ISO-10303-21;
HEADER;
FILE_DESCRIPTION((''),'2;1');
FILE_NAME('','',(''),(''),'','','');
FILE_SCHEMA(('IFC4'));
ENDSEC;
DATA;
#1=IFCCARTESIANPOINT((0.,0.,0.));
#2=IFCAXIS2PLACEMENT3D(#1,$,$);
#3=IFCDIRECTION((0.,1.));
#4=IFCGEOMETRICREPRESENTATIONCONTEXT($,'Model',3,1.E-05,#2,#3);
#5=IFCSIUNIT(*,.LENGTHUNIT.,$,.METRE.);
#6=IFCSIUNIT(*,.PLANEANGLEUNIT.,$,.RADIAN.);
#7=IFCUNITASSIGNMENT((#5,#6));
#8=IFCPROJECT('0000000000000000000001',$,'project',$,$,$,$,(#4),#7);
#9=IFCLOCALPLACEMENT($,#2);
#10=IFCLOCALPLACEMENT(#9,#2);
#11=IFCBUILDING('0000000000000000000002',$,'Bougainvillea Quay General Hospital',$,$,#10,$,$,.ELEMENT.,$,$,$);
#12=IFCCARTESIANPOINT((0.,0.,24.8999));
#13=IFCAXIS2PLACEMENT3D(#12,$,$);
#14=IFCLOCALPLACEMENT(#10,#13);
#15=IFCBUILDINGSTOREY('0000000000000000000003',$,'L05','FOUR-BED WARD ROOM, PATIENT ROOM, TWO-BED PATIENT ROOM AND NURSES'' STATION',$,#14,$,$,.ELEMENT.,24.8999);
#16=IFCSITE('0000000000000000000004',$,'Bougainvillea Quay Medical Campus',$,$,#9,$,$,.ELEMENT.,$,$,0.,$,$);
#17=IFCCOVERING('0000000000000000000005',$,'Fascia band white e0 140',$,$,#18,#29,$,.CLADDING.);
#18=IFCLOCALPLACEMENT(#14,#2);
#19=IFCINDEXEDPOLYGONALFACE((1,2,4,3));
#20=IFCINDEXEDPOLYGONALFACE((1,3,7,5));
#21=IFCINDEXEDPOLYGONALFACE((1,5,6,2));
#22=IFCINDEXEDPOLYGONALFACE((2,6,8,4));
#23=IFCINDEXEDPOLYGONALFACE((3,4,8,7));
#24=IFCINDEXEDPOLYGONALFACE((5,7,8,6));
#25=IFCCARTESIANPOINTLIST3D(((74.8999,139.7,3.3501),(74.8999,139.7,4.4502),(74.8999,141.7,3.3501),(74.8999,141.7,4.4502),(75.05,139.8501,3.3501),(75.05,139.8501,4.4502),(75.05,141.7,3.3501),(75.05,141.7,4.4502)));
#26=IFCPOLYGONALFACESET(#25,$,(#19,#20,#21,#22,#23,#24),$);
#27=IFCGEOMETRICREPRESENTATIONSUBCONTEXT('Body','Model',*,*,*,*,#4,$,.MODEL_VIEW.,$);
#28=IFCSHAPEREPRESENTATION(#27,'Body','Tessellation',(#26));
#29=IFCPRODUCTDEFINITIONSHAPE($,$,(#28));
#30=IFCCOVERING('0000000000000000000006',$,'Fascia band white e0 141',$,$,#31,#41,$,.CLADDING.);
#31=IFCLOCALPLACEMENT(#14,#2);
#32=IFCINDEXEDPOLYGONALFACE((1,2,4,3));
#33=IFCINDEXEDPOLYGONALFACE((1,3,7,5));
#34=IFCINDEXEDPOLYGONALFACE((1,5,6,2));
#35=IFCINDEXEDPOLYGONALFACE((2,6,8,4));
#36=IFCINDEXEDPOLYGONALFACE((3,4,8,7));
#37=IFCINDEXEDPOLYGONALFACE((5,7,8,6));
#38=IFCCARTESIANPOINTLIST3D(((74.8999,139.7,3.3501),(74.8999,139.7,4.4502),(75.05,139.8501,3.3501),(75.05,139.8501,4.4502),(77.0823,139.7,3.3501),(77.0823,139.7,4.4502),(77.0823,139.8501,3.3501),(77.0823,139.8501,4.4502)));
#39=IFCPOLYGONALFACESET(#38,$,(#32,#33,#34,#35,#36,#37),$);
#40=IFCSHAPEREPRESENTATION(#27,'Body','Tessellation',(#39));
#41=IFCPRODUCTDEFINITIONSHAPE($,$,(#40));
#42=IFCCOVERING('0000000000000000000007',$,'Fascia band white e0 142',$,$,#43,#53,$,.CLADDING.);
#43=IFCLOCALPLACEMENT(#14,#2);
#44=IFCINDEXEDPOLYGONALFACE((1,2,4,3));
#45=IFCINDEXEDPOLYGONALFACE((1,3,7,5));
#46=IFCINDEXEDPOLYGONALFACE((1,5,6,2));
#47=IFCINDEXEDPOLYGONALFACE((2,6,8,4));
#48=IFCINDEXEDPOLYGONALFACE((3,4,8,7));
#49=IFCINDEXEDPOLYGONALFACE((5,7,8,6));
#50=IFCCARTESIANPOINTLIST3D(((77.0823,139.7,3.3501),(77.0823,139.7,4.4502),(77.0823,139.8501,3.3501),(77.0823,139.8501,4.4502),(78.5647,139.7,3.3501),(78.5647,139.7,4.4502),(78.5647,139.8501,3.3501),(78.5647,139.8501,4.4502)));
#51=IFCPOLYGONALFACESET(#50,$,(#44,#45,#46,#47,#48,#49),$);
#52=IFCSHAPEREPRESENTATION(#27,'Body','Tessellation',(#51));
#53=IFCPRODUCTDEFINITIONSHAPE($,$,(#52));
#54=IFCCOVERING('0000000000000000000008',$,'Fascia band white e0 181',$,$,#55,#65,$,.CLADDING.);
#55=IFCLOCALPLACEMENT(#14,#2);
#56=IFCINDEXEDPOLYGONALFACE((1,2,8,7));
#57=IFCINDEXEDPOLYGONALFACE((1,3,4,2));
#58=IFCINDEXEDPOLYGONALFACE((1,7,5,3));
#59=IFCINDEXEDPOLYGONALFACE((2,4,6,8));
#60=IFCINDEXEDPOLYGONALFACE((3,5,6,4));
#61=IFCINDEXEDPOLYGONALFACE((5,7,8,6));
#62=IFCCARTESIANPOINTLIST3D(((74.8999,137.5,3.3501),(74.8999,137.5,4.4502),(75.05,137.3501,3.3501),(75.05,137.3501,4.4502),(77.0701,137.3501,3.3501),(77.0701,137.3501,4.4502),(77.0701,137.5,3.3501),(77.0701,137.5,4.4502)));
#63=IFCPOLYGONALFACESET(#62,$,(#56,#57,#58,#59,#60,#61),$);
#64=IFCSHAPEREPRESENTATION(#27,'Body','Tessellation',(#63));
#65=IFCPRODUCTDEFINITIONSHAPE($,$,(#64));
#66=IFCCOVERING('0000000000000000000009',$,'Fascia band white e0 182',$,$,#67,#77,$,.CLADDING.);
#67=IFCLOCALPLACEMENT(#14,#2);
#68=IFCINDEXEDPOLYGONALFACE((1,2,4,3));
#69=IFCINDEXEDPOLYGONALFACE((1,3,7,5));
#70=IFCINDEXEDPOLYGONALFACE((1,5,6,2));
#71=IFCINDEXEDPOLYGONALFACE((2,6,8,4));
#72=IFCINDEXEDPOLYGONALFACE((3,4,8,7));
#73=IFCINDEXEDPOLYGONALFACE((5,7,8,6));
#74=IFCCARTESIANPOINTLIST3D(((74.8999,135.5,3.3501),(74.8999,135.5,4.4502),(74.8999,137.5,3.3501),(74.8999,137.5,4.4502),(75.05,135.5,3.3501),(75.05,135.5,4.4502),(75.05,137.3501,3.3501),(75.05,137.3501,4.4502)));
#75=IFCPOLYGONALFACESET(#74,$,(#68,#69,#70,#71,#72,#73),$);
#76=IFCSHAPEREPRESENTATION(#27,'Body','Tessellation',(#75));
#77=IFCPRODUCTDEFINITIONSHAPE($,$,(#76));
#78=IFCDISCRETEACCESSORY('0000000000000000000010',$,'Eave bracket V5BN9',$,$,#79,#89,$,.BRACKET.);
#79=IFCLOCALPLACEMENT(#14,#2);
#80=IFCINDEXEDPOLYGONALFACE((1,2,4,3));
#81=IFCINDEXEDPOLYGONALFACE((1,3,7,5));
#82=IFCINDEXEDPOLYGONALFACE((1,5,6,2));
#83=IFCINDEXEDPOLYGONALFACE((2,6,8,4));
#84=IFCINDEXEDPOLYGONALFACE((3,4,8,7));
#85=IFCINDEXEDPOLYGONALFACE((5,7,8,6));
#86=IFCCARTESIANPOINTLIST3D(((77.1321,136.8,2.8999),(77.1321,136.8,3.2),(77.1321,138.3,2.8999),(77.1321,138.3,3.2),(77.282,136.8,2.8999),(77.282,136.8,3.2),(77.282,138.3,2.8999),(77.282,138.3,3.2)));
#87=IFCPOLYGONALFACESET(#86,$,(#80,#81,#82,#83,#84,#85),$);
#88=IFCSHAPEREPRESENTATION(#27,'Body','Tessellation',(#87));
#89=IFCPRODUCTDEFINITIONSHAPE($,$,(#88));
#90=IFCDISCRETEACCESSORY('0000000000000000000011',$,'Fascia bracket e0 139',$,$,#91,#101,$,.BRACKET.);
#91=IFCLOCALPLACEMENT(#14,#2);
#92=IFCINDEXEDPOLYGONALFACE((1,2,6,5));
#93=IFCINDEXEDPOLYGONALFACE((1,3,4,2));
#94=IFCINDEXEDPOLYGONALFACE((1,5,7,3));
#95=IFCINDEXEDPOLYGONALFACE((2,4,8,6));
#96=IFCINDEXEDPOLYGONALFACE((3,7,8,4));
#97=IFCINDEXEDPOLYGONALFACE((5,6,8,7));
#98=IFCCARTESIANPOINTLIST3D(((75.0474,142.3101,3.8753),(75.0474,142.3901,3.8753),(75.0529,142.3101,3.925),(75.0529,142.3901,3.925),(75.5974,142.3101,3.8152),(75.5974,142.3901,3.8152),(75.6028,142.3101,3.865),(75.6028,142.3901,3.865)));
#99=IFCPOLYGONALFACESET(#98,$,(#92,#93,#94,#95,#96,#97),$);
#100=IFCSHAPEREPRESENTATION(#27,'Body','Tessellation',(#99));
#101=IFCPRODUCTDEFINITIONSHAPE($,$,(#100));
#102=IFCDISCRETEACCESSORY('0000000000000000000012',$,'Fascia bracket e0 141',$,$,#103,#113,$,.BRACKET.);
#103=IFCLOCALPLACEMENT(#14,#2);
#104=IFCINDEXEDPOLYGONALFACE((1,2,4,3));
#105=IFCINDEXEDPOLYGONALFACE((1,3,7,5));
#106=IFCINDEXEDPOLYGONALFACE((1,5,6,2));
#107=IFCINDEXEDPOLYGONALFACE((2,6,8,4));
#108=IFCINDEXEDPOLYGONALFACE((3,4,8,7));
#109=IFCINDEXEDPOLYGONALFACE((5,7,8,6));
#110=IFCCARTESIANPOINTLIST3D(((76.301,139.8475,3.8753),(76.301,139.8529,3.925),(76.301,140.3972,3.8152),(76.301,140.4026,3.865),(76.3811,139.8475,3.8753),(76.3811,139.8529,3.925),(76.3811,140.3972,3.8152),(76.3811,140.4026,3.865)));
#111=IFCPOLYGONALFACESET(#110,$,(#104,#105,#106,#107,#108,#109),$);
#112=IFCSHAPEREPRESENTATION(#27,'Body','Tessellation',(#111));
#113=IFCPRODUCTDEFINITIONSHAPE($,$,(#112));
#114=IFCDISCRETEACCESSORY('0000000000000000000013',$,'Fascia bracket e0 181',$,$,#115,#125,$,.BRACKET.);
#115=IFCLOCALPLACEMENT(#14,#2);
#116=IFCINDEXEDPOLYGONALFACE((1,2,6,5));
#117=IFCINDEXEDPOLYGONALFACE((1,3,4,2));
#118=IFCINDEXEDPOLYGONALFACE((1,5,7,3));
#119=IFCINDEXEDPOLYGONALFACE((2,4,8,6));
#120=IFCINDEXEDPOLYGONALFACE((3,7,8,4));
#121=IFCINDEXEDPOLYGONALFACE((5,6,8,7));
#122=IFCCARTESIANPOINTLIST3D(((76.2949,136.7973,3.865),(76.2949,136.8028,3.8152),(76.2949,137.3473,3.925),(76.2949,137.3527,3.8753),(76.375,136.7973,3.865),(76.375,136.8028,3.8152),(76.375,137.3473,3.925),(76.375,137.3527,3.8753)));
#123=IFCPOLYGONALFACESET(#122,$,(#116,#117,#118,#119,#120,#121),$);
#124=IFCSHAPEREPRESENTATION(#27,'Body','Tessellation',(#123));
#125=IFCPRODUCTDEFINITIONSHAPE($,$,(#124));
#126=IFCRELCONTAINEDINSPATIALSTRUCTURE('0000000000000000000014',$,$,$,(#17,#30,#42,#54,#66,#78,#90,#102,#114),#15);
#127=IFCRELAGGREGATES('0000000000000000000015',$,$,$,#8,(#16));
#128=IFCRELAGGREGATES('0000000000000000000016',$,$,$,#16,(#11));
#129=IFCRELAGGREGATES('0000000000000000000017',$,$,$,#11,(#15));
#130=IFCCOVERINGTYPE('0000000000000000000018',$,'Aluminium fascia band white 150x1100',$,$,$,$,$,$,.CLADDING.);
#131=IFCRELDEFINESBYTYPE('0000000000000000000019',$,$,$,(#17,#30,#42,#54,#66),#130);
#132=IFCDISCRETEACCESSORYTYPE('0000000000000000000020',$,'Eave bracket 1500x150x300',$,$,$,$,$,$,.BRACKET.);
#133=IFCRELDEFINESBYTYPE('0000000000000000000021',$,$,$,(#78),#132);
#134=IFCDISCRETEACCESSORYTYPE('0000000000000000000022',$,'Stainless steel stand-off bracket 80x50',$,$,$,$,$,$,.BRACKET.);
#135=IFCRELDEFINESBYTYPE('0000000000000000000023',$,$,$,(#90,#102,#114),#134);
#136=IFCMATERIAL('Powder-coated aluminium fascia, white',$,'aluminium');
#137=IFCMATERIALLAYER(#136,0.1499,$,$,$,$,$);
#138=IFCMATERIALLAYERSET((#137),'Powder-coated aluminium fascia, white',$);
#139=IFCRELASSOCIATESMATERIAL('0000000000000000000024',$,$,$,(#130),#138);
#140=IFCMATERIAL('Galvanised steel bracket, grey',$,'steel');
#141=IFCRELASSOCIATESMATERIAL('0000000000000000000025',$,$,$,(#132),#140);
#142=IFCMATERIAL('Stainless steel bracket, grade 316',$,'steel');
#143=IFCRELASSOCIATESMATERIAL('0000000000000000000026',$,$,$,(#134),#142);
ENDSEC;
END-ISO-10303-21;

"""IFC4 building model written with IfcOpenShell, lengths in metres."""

from ifc_helpers import new_model, si_unit, direction, frame, origin, origin_2d, place, context, subcontext, project, spatial, polyline, rectangle, outline, extrude, material, layer, layer_set, material_profile, profile_set, type_object, element, save


model = new_model("IFC4")

# Units and contexts
model_context = context("Model", 3, precision=1e-05, world=origin(), true_north=direction((0.0, 1.0)))
body_context = subcontext(model_context, "Body", "Model", "MODEL_VIEW")
ifc_project = project(units=[si_unit("LENGTHUNIT", "METRE"), si_unit("PLANEANGLEUNIT", "RADIAN")], contexts=[model_context])

# Site, building, storey
site_placement = place(None, origin())
site = spatial("IfcSite", under=ifc_project, at=site_placement, Name="Bougainvillea Quay Medical Campus", CompositionType="ELEMENT", RefElevation=0.0)
building_placement = place(site_placement, origin())
building = spatial("IfcBuilding", under=site, at=building_placement, Name="Bougainvillea Quay General Hospital", CompositionType="ELEMENT")
storey_placement = place(building_placement, frame((0.0, 0.0, 24.8999)))
storey = spatial("IfcBuildingStorey", under=building, at=storey_placement, Name="L05", Description="FOUR-BED WARD ROOM, PATIENT ROOM, TWO-BED PATIENT ROOM AND NURSES' STATION", CompositionType="ELEMENT", Elevation=24.8999)

# Coverings
ifc_material_1 = material(Name="Powder-coated aluminium fascia, white", Category="aluminium")
ifc_layer_1 = layer(ifc_material_1, 0.1499)
ifc_layer_set_1 = layer_set([ifc_layer_1], Name="Powder-coated aluminium fascia, white")
covering_type = type_object("IfcCoveringType", Name="Aluminium fascia band white 150x1100", PredefinedType="CLADDING", material=ifc_layer_set_1)
covering_1_placement = place(storey_placement, frame((75.05, 141.7, 3.3501), z_axis=(0.0, 0.0, 1.0), x_axis=(0.0, -1.0, 0.0)))
element("IfcCovering", 1, at=covering_1_placement, inside=storey, type_object=covering_type, Name="Fascia band white e0 140", PredefinedType="CLADDING", context=body_context, shape_type="SweptSolid", body=[
    extrude(outline(polyline([(0.0, 0.0), (1.8499, 0.0), (2.0, -0.1501), (0.0, -0.1501), (0.0, 0.0)])), origin(), (0.0, 0.0, 1.0), 1.1001),
])
covering_2_placement = place(storey_placement, frame((75.05, 139.8501, 3.3501), z_axis=(0.0, 0.0, 1.0), x_axis=(1.0, 0.0, 0.0)))
element("IfcCovering", 2, at=covering_2_placement, inside=storey, type_object=covering_type, Name="Fascia band white e0 141", PredefinedType="CLADDING", context=body_context, shape_type="SweptSolid", body=[
    extrude(outline(polyline([(0.0, 0.0), (2.0322, 0.0), (2.0322, -0.1501), (-0.1501, -0.1501), (0.0, 0.0)])), origin(), (0.0, 0.0, 1.0), 1.1001),
])
covering_3_placement = place(storey_placement, frame((77.0823, 139.8501, 3.3501), z_axis=(0.0, 0.0, 1.0), x_axis=(1.0, 0.0, 0.0)))
element("IfcCovering", 3, at=covering_3_placement, inside=storey, type_object=covering_type, Name="Fascia band white e0 142", PredefinedType="CLADDING", context=body_context, shape_type="SweptSolid", body=[
    extrude(outline(polyline([(0.0, 0.0), (1.4824, 0.0), (1.4824, -0.1501), (0.0, -0.1501), (0.0, 0.0)])), origin(), (0.0, 0.0, 1.0), 1.1001),
])
covering_4_placement = place(storey_placement, frame((77.0701, 137.3501, 3.3501), z_axis=(0.0, 0.0, 1.0), x_axis=(-1.0, 0.0, 0.0)))
element("IfcCovering", 4, at=covering_4_placement, inside=storey, type_object=covering_type, Name="Fascia band white e0 181", PredefinedType="CLADDING", context=body_context, shape_type="SweptSolid", body=[
    extrude(outline(polyline([(0.0, 0.0), (2.02, 0.0), (2.1702, -0.1499), (0.0, -0.1499), (0.0, 0.0)])), origin(), (0.0, 0.0, 1.0), 1.1001),
])
covering_5_placement = place(storey_placement, frame((75.05, 137.3501, 3.3501), z_axis=(0.0, 0.0, 1.0), x_axis=(0.0, -1.0, 0.0)))
element("IfcCovering", 5, at=covering_5_placement, inside=storey, type_object=covering_type, Name="Fascia band white e0 182", PredefinedType="CLADDING", context=body_context, shape_type="SweptSolid", body=[
    extrude(outline(polyline([(0.0, 0.0), (1.8501, 0.0), (1.8501, -0.1501), (-0.1499, -0.1501), (0.0, 0.0)])), origin(), (0.0, 0.0, 1.0), 1.1001),
])

# Discrete accessories
ifc_material_2 = material(Name="Galvanised steel bracket, grey", Category="steel")
discrete_accessory_type_1 = type_object("IfcDiscreteAccessoryType", Name="Eave bracket 1500x150x300", PredefinedType="BRACKET", material=ifc_material_2)
discrete_accessory_1_placement = place(storey_placement, frame((77.207, 137.55, 2.8999), z_axis=(0.0, 0.0, 1.0), x_axis=(1.0, 0.0, 0.0)))
element("IfcDiscreteAccessory", 6, at=discrete_accessory_1_placement, inside=storey, type_object=discrete_accessory_type_1, Name="Eave bracket V5BN9", PredefinedType="BRACKET", context=body_context, shape_type="SweptSolid", body=[
    extrude(rectangle(XDim=0.1499, YDim=1.5, at=origin_2d()), origin(), (0.0, 0.0, 1.0), 0.3),
])
ifc_material_3 = material(Name="Stainless steel bracket, grade 316", Category="steel")
ifc_material_profile_1 = material_profile(ifc_material_3, rectangle(XDim=0.0801, YDim=0.05, at=origin_2d()))
ifc_profile_set_1 = profile_set([ifc_material_profile_1], Name="Stainless steel bracket, grade 316")
discrete_accessory_type_2 = type_object("IfcDiscreteAccessoryType", Name="Stainless steel stand-off bracket 80x50", PredefinedType="BRACKET", material=ifc_profile_set_1)
discrete_accessory_2_placement = place(storey_placement, frame((75.6001, 142.3501, 3.8401), z_axis=(-0.994092, 0.0, 0.108543), x_axis=(0.0, -1.0, 0.0)))
element("IfcDiscreteAccessory", 7, at=discrete_accessory_2_placement, inside=storey, type_object=discrete_accessory_type_2, Name="Fascia bracket e0 139", PredefinedType="BRACKET", context=body_context, shape_type="SweptSolid", body=[
    extrude(rectangle(XDim=0.0801, YDim=0.05, at=origin_2d()), origin(), (0.0, 0.0, 1.0), 0.5532),
])
discrete_accessory_3_placement = place(storey_placement, frame((76.3411, 140.3999, 3.8401), z_axis=(0.0, -0.994087, 0.10859), x_axis=(1.0, 0.0, 0.0)))
element("IfcDiscreteAccessory", 8, at=discrete_accessory_3_placement, inside=storey, type_object=discrete_accessory_type_2, Name="Fascia bracket e0 141", PredefinedType="BRACKET", context=body_context, shape_type="SweptSolid", body=[
    extrude(rectangle(XDim=0.0801, YDim=0.05, at=origin_2d()), origin(), (0.0, 0.0, 1.0), 0.553),
])
discrete_accessory_4_placement = place(storey_placement, frame((76.335, 136.8, 3.8401), z_axis=(0.0, 0.994092, 0.108543), x_axis=(-1.0, 0.0, 0.0)))
element("IfcDiscreteAccessory", 9, at=discrete_accessory_4_placement, inside=storey, type_object=discrete_accessory_type_2, Name="Fascia bracket e0 181", PredefinedType="BRACKET", context=body_context, shape_type="SweptSolid", body=[
    extrude(rectangle(XDim=0.0801, YDim=0.05, at=origin_2d()), origin(), (0.0, 0.0, 1.0), 0.5532),
])

save(model, "model.ifc")
